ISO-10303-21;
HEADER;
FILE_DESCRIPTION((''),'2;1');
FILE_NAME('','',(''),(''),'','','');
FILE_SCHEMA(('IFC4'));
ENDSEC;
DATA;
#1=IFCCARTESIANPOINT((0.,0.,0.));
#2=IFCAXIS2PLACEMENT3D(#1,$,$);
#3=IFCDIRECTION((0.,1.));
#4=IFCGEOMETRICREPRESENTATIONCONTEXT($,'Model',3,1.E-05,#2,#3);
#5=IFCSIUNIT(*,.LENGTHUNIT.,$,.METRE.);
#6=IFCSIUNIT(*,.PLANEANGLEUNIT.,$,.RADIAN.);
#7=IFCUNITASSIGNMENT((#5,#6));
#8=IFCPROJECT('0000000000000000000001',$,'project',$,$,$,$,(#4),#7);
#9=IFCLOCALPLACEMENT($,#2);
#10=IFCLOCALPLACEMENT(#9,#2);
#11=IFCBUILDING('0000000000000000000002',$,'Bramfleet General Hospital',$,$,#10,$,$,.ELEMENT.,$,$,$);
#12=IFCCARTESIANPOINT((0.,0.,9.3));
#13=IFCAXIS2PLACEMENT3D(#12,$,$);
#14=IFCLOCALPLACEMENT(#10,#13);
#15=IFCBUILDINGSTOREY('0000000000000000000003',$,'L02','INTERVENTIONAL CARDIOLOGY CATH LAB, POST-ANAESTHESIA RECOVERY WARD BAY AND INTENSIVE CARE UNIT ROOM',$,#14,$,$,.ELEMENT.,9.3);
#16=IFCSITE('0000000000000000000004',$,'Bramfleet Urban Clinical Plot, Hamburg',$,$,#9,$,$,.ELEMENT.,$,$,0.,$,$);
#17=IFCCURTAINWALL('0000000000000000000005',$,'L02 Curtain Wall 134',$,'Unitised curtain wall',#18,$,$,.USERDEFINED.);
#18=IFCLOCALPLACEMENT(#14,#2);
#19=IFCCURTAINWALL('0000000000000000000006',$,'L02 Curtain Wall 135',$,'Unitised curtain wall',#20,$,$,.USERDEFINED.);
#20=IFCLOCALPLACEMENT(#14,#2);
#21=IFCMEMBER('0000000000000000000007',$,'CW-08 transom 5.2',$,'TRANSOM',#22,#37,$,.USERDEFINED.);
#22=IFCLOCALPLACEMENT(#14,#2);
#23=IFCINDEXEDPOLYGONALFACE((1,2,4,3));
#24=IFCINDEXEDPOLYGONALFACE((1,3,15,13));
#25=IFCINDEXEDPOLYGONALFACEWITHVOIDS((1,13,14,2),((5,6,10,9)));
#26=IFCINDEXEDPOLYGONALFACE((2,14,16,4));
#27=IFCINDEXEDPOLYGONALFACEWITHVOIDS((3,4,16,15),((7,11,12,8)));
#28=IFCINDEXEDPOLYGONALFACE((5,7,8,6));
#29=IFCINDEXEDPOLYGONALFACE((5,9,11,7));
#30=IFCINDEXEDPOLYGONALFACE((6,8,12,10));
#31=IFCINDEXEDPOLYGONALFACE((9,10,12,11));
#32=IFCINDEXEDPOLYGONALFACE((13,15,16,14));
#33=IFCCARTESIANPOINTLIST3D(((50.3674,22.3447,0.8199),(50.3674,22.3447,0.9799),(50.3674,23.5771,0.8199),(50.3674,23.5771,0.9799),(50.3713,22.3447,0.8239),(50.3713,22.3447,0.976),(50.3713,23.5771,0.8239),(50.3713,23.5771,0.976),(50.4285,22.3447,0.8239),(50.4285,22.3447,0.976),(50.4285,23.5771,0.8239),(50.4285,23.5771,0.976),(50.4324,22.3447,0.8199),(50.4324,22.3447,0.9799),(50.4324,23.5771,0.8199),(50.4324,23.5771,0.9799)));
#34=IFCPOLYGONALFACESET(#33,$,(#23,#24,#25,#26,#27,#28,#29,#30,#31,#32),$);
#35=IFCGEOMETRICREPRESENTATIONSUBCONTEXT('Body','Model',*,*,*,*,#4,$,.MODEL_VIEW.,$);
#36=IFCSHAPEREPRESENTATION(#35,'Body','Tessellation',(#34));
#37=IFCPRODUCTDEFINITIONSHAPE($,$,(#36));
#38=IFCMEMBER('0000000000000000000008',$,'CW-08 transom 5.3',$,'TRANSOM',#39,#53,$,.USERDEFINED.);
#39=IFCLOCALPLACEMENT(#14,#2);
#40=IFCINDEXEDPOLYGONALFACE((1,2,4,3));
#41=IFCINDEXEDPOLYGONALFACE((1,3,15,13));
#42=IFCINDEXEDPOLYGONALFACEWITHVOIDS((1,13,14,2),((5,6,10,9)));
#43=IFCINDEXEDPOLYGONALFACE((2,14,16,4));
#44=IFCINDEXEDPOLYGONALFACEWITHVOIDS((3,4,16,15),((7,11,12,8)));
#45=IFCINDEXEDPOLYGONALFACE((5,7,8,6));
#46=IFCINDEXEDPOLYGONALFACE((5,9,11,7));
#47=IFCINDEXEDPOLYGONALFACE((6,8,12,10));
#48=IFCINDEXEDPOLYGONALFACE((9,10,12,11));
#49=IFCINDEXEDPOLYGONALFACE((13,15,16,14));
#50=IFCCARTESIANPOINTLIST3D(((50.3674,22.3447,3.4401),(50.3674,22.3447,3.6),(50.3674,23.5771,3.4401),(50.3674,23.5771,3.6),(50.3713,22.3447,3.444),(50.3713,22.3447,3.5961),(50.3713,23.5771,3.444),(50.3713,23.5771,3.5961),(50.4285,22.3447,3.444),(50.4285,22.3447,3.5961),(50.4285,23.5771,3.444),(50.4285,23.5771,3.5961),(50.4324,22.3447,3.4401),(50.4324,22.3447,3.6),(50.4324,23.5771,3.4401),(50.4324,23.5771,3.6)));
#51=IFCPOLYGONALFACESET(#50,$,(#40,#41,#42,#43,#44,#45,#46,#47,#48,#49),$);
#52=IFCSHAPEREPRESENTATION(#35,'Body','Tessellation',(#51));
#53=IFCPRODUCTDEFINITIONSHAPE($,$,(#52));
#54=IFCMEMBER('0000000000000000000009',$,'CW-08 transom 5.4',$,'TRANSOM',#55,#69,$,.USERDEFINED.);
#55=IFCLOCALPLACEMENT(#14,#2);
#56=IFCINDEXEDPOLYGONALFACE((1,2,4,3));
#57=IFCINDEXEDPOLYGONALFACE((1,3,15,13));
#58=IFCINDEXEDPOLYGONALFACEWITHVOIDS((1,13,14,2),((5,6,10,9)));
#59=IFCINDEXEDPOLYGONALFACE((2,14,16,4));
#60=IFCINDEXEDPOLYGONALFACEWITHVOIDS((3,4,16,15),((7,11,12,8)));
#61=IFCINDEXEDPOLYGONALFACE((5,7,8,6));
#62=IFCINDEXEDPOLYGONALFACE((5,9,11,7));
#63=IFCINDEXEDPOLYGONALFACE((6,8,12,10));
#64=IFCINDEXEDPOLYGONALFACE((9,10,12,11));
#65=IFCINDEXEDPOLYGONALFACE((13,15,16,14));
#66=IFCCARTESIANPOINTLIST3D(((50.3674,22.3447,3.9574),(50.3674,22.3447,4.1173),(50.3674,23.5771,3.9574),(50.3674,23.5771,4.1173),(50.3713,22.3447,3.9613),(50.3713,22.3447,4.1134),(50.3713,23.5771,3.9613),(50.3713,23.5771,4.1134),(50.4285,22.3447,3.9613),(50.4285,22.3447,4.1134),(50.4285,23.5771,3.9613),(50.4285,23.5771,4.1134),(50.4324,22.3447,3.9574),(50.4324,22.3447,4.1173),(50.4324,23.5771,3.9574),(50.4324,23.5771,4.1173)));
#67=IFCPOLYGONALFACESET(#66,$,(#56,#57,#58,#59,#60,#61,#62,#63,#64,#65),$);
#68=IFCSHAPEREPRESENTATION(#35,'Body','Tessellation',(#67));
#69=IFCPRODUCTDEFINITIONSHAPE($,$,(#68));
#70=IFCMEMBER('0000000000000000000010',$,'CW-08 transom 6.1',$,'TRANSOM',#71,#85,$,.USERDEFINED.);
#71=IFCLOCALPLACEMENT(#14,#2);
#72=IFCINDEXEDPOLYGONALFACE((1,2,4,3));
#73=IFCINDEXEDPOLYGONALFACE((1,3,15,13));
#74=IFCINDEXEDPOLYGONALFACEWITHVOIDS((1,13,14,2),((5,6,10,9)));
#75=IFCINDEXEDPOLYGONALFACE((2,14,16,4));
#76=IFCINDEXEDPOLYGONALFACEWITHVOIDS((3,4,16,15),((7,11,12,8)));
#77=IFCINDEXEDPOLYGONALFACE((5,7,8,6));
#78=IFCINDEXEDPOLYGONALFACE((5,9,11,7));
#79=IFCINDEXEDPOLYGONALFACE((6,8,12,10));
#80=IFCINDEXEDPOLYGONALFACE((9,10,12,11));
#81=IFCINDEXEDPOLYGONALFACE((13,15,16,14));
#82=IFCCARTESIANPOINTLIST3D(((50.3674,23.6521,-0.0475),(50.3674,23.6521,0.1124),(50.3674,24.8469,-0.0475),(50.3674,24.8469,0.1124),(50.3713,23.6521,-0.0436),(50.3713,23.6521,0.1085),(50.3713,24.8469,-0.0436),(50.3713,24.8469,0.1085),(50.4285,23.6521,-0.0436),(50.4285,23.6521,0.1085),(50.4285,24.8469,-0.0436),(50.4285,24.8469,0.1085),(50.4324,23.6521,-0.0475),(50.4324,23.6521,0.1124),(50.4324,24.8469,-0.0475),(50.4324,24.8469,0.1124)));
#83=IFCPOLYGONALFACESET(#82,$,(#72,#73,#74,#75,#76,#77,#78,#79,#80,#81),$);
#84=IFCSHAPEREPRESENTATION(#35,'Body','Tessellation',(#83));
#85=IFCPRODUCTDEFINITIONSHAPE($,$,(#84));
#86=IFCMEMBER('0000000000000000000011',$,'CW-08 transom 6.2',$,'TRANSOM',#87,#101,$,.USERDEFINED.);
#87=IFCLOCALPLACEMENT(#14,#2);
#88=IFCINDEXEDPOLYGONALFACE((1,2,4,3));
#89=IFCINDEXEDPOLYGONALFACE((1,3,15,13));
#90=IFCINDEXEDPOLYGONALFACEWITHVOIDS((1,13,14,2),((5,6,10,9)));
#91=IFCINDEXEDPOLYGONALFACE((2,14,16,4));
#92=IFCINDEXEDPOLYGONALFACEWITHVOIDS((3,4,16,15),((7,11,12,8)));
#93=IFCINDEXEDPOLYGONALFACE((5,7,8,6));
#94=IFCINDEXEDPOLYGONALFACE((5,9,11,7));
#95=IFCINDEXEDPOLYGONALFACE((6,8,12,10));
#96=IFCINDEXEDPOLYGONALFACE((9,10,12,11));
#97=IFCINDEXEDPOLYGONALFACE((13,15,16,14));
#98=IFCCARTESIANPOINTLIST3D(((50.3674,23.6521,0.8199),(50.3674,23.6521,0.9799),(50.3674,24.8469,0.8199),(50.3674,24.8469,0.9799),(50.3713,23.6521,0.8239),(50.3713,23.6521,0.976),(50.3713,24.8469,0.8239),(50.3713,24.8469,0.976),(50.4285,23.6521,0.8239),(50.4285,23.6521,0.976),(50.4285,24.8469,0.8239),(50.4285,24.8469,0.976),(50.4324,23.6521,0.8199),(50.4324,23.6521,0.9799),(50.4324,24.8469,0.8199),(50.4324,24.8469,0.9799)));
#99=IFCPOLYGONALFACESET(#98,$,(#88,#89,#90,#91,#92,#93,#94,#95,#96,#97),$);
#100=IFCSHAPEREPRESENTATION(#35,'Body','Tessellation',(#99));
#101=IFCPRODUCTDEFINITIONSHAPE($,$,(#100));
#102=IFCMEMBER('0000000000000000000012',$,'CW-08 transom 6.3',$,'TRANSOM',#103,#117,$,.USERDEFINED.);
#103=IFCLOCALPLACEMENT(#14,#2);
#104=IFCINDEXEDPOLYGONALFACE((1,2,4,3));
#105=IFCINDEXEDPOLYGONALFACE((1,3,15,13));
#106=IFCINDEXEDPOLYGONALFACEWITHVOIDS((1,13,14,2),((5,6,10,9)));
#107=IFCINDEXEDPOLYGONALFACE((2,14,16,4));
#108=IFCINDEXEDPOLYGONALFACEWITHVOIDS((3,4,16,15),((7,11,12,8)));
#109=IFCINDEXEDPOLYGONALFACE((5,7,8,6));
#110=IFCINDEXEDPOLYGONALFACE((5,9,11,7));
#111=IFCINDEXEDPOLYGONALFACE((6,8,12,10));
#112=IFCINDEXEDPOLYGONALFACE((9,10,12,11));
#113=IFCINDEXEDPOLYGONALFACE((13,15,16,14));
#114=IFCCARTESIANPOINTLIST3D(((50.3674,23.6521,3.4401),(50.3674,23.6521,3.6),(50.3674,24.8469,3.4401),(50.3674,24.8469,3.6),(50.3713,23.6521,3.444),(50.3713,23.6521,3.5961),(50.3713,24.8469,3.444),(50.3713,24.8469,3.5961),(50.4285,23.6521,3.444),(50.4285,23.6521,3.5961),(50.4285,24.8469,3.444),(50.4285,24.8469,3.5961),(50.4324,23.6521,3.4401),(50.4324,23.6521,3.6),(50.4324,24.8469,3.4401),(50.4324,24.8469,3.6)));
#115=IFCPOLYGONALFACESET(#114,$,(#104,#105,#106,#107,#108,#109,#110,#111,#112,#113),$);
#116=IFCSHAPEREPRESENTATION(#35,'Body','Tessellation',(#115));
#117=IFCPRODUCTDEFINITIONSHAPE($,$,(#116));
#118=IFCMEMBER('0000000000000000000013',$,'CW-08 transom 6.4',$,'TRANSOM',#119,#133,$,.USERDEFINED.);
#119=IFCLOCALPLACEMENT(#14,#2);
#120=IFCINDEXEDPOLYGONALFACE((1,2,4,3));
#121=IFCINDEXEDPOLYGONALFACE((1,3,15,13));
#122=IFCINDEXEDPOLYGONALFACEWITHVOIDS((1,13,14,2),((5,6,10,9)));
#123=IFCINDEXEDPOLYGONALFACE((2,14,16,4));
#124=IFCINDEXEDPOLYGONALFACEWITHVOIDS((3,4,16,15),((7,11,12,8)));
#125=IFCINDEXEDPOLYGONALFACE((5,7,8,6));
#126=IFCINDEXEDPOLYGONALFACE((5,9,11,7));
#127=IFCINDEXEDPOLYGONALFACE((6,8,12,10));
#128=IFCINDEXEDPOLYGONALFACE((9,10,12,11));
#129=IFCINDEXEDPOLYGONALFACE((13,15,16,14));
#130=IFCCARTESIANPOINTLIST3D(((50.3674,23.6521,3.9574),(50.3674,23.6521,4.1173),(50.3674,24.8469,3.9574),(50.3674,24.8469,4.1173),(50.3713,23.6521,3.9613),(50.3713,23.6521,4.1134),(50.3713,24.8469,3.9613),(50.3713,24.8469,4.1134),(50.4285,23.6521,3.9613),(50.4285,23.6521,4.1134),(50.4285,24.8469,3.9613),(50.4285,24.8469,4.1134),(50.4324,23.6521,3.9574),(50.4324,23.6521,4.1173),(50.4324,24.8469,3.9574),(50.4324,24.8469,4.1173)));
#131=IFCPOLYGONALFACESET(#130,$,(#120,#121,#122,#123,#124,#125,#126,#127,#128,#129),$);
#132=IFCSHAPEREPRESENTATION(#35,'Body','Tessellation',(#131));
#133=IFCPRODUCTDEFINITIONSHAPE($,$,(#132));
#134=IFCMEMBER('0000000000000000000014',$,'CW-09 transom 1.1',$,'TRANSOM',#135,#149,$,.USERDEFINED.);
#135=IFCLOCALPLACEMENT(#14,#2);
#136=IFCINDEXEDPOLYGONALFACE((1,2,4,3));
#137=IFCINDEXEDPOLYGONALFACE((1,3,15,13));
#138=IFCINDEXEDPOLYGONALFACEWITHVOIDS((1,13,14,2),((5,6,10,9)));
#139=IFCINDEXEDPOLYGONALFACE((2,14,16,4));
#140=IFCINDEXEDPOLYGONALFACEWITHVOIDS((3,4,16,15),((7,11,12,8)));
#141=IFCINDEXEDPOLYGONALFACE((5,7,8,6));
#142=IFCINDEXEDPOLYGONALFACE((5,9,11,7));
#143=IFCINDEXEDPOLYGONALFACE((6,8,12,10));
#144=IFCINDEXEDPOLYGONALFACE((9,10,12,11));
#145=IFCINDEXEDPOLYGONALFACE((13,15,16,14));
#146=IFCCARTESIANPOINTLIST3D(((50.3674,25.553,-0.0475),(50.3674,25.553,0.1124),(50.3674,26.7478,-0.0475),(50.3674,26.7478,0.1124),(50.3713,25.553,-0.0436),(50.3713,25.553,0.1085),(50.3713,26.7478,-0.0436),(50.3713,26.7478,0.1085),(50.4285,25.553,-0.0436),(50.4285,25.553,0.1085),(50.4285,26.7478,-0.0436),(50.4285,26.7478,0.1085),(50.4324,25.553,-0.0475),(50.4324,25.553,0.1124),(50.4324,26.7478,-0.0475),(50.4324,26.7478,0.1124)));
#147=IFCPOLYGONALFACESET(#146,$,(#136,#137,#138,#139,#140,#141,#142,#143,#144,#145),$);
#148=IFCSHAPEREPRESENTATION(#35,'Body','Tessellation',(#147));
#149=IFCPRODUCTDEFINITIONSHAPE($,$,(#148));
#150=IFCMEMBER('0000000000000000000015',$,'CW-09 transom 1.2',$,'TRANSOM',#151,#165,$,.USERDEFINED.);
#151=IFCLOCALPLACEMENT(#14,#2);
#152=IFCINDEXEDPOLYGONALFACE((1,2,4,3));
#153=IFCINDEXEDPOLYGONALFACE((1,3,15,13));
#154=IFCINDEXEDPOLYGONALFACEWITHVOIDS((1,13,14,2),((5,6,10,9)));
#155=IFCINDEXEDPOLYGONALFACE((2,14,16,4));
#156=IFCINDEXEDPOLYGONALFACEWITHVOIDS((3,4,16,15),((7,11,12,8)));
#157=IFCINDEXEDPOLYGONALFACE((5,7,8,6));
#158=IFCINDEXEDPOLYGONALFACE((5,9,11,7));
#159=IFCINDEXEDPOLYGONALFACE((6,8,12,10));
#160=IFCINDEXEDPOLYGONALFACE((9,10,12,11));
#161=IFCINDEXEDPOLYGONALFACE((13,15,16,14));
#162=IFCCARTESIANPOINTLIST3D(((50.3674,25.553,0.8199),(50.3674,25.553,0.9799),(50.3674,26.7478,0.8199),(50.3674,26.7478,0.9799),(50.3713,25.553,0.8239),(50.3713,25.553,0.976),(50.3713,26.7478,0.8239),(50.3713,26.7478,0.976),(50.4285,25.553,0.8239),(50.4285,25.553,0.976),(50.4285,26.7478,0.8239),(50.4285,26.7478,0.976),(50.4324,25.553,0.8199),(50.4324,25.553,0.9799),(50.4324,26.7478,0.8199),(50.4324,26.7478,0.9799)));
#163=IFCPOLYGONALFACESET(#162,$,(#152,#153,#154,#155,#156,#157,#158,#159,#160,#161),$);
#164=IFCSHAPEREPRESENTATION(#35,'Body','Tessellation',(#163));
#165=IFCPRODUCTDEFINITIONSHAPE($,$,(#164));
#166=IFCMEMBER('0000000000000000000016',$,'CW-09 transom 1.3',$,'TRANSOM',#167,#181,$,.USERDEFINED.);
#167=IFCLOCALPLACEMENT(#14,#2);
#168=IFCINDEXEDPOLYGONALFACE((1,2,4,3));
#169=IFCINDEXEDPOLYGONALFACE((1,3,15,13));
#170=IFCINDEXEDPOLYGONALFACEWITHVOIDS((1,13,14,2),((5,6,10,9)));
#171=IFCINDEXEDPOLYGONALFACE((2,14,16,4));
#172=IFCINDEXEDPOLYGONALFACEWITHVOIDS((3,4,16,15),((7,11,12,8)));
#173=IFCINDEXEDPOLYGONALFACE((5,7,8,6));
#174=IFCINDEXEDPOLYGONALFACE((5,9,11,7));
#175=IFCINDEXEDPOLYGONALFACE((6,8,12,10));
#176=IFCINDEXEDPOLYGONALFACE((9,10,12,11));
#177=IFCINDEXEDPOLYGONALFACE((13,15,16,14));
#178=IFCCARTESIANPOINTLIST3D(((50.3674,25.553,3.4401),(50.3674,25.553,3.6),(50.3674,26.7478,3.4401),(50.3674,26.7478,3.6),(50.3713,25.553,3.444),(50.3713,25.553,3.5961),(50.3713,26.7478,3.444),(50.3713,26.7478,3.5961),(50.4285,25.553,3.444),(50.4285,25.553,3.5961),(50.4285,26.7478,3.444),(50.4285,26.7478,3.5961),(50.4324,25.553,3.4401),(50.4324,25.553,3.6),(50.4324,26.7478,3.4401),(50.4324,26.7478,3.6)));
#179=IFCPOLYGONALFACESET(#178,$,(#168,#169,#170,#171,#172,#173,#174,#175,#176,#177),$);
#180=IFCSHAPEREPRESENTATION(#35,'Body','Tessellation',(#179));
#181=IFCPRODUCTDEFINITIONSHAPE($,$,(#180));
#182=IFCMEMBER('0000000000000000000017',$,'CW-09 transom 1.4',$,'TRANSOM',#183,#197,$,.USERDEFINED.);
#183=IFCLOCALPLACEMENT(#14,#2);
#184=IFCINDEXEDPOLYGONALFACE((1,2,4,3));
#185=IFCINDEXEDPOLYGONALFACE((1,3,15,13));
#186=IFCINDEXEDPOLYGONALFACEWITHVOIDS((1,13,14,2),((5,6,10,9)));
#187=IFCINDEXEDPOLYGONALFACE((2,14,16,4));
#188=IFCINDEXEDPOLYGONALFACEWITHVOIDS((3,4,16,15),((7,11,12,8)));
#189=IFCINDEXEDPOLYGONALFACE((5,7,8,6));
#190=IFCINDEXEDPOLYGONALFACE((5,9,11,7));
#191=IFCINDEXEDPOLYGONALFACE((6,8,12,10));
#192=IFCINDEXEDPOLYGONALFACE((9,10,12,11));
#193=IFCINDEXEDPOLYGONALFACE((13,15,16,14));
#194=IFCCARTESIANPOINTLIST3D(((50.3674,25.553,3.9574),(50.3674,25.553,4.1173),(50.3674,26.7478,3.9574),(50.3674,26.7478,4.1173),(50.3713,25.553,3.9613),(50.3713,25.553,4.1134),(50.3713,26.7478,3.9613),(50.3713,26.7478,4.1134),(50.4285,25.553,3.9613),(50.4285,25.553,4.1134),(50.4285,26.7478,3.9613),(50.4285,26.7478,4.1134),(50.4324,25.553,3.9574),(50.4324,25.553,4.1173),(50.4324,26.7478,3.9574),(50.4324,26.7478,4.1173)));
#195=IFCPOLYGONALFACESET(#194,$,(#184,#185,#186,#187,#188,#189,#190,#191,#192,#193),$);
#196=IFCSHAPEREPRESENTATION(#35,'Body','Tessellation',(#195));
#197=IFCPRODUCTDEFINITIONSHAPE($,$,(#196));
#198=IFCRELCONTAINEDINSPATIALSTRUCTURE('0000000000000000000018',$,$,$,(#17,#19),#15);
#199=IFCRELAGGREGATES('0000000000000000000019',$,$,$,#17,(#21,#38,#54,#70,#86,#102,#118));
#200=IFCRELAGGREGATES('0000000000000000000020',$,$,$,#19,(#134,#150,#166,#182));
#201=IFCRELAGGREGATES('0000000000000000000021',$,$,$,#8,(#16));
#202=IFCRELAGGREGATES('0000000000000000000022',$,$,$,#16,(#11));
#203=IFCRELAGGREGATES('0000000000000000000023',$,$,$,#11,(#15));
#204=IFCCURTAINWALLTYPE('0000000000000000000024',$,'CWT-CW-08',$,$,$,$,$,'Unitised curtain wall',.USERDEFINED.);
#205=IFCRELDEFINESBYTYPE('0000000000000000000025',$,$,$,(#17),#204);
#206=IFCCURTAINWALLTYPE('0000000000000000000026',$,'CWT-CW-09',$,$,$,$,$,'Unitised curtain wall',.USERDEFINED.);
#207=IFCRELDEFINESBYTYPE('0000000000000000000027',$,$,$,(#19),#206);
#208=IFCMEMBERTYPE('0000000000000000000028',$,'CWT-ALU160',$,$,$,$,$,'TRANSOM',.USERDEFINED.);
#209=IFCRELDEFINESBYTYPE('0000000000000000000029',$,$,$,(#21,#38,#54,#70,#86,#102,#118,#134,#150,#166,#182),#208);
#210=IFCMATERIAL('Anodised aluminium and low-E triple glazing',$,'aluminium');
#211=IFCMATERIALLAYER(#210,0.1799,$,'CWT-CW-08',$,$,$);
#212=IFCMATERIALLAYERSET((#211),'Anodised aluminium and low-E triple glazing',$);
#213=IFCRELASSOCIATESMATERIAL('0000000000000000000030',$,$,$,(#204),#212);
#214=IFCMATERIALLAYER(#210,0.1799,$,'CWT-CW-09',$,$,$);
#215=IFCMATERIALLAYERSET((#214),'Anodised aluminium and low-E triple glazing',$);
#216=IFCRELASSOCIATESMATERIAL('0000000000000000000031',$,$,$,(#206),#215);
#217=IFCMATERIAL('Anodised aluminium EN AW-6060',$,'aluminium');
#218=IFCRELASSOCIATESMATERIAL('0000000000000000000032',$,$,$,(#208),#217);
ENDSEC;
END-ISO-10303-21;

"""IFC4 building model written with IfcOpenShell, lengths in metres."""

from ifc_helpers import new_model, si_unit, direction, frame, origin, origin_2d, place, context, subcontext, project, spatial, hollow_rectangle, extrude, material, layer, layer_set, material_profile, profile_set, type_object, element, aggregate, save


model = new_model("IFC4")

# Units and contexts
model_context = context("Model", 3, precision=1e-05, world=origin(), true_north=direction((0.0, 1.0)))
body_context = subcontext(model_context, "Body", "Model", "MODEL_VIEW")
ifc_project = project(units=[si_unit("LENGTHUNIT", "METRE"), si_unit("PLANEANGLEUNIT", "RADIAN")], contexts=[model_context])

# Site, building, storey
site_placement = place(None, origin())
site = spatial("IfcSite", under=ifc_project, at=site_placement, Name="Bramfleet Urban Clinical Plot, Hamburg", CompositionType="ELEMENT", RefElevation=0.0)
building_placement = place(site_placement, origin())
building = spatial("IfcBuilding", under=site, at=building_placement, Name="Bramfleet General Hospital", CompositionType="ELEMENT")
storey_placement = place(building_placement, frame((0.0, 0.0, 9.3)))
storey = spatial("IfcBuildingStorey", under=building, at=storey_placement, Name="L02", Description="INTERVENTIONAL CARDIOLOGY CATH LAB, POST-ANAESTHESIA RECOVERY WARD BAY AND INTENSIVE CARE UNIT ROOM", CompositionType="ELEMENT", Elevation=9.3)

# Curtain wall
ifc_material_1 = material(Name="Anodised aluminium and low-E triple glazing", Category="aluminium")
ifc_layer_1 = layer(ifc_material_1, 0.1799, Name="CWT-CW-08")
ifc_layer_set_1 = layer_set([ifc_layer_1], Name="Anodised aluminium and low-E triple glazing")
curtain_wall_type_1 = type_object("IfcCurtainWallType", Name="CWT-CW-08", ElementType="Unitised curtain wall", PredefinedType="USERDEFINED", material=ifc_layer_set_1)
curtain_wall_1_placement = place(storey_placement, origin())
curtain_wall_1 = element("IfcCurtainWall", 1, at=curtain_wall_1_placement, inside=storey, type_object=curtain_wall_type_1, Name="L02 Curtain Wall 134", ObjectType="Unitised curtain wall", PredefinedType="USERDEFINED")
ifc_material_2 = material(Name="Anodised aluminium EN AW-6060", Category="aluminium")

# Curtain wall
ifc_layer_2 = layer(ifc_material_1, 0.1799, Name="CWT-CW-09")
ifc_layer_set_2 = layer_set([ifc_layer_2], Name="Anodised aluminium and low-E triple glazing")
curtain_wall_type_2 = type_object("IfcCurtainWallType", Name="CWT-CW-09", ElementType="Unitised curtain wall", PredefinedType="USERDEFINED", material=ifc_layer_set_2)
curtain_wall_2_placement = place(storey_placement, origin())
curtain_wall_2 = element("IfcCurtainWall", 2, at=curtain_wall_2_placement, inside=storey, type_object=curtain_wall_type_2, Name="L02 Curtain Wall 135", ObjectType="Unitised curtain wall", PredefinedType="USERDEFINED")

# Members
ifc_material_profile_1 = material_profile(ifc_material_2, hollow_rectangle(XDim=0.0649, YDim=0.1599, WallThickness=0.0039, at=origin_2d()), Name="ALU 160x65x4.0")
ifc_profile_set_1 = profile_set([ifc_material_profile_1], Name="Anodised aluminium EN AW-6060")
member_type_1 = type_object("IfcMemberType", Name="CWT-ALU160", ElementType="TRANSOM", PredefinedType="USERDEFINED", material=ifc_profile_set_1)
member_1_placement = place(storey_placement, frame((50.3999, 22.3447, 0.8999), z_axis=(0.0, 1.0, 0.0), x_axis=(-1.0, 0.0, 0.0)))
member_1 = element("IfcMember", 3, at=member_1_placement, type_object=member_type_1, Name="CW-08 transom 5.2", ObjectType="TRANSOM", PredefinedType="USERDEFINED", context=body_context, shape_type="SweptSolid", body=[
    extrude(hollow_rectangle(XDim=0.0649, YDim=0.1599, WallThickness=0.0039, at=origin_2d()), origin(), (0.0, 0.0, 1.0), 1.2324),
])
member_2_placement = place(storey_placement, frame((50.3999, 22.3447, 3.52), z_axis=(0.0, 1.0, 0.0), x_axis=(-1.0, 0.0, 0.0)))
member_2 = element("IfcMember", 4, at=member_2_placement, type_object=member_type_1, Name="CW-08 transom 5.3", ObjectType="TRANSOM", PredefinedType="USERDEFINED", context=body_context, shape_type="SweptSolid", body=[
    extrude(hollow_rectangle(XDim=0.0649, YDim=0.1599, WallThickness=0.0039, at=origin_2d()), origin(), (0.0, 0.0, 1.0), 1.2324),
])
member_3_placement = place(storey_placement, frame((50.3999, 22.3447, 4.0374), z_axis=(0.0, 1.0, 0.0), x_axis=(-1.0, 0.0, 0.0)))
member_3 = element("IfcMember", 5, at=member_3_placement, type_object=member_type_1, Name="CW-08 transom 5.4", ObjectType="TRANSOM", PredefinedType="USERDEFINED", context=body_context, shape_type="SweptSolid", body=[
    extrude(hollow_rectangle(XDim=0.0649, YDim=0.1599, WallThickness=0.0039, at=origin_2d()), origin(), (0.0, 0.0, 1.0), 1.2324),
])
member_4_placement = place(storey_placement, frame((50.3999, 23.6521, 0.0325), z_axis=(0.0, 1.0, 0.0), x_axis=(-1.0, 0.0, 0.0)))
member_4 = element("IfcMember", 6, at=member_4_placement, type_object=member_type_1, Name="CW-08 transom 6.1", ObjectType="TRANSOM", PredefinedType="USERDEFINED", context=body_context, shape_type="SweptSolid", body=[
    extrude(hollow_rectangle(XDim=0.0649, YDim=0.1599, WallThickness=0.0039, at=origin_2d()), origin(), (0.0, 0.0, 1.0), 1.1948),
])
member_5_placement = place(storey_placement, frame((50.3999, 23.6521, 0.8999), z_axis=(0.0, 1.0, 0.0), x_axis=(-1.0, 0.0, 0.0)))
member_5 = element("IfcMember", 7, at=member_5_placement, type_object=member_type_1, Name="CW-08 transom 6.2", ObjectType="TRANSOM", PredefinedType="USERDEFINED", context=body_context, shape_type="SweptSolid", body=[
    extrude(hollow_rectangle(XDim=0.0649, YDim=0.1599, WallThickness=0.0039, at=origin_2d()), origin(), (0.0, 0.0, 1.0), 1.1948),
])
member_6_placement = place(storey_placement, frame((50.3999, 23.6521, 3.52), z_axis=(0.0, 1.0, 0.0), x_axis=(-1.0, 0.0, 0.0)))
member_6 = element("IfcMember", 8, at=member_6_placement, type_object=member_type_1, Name="CW-08 transom 6.3", ObjectType="TRANSOM", PredefinedType="USERDEFINED", context=body_context, shape_type="SweptSolid", body=[
    extrude(hollow_rectangle(XDim=0.0649, YDim=0.1599, WallThickness=0.0039, at=origin_2d()), origin(), (0.0, 0.0, 1.0), 1.1948),
])
member_7_placement = place(storey_placement, frame((50.3999, 23.6521, 4.0374), z_axis=(0.0, 1.0, 0.0), x_axis=(-1.0, 0.0, 0.0)))
member_7 = element("IfcMember", 9, at=member_7_placement, type_object=member_type_1, Name="CW-08 transom 6.4", ObjectType="TRANSOM", PredefinedType="USERDEFINED", context=body_context, shape_type="SweptSolid", body=[
    extrude(hollow_rectangle(XDim=0.0649, YDim=0.1599, WallThickness=0.0039, at=origin_2d()), origin(), (0.0, 0.0, 1.0), 1.1948),
])
member_8_placement = place(storey_placement, frame((50.3999, 25.553, 0.0325), z_axis=(0.0, 1.0, 0.0), x_axis=(-1.0, 0.0, 0.0)))
member_8 = element("IfcMember", 10, at=member_8_placement, type_object=member_type_1, Name="CW-09 transom 1.1", ObjectType="TRANSOM", PredefinedType="USERDEFINED", context=body_context, shape_type="SweptSolid", body=[
    extrude(hollow_rectangle(XDim=0.0649, YDim=0.1599, WallThickness=0.0039, at=origin_2d()), origin(), (0.0, 0.0, 1.0), 1.1948),
])
member_9_placement = place(storey_placement, frame((50.3999, 25.553, 0.8999), z_axis=(0.0, 1.0, 0.0), x_axis=(-1.0, 0.0, 0.0)))
member_9 = element("IfcMember", 11, at=member_9_placement, type_object=member_type_1, Name="CW-09 transom 1.2", ObjectType="TRANSOM", PredefinedType="USERDEFINED", context=body_context, shape_type="SweptSolid", body=[
    extrude(hollow_rectangle(XDim=0.0649, YDim=0.1599, WallThickness=0.0039, at=origin_2d()), origin(), (0.0, 0.0, 1.0), 1.1948),
])
member_10_placement = place(storey_placement, frame((50.3999, 25.553, 3.52), z_axis=(0.0, 1.0, 0.0), x_axis=(-1.0, 0.0, 0.0)))
member_10 = element("IfcMember", 12, at=member_10_placement, type_object=member_type_1, Name="CW-09 transom 1.3", ObjectType="TRANSOM", PredefinedType="USERDEFINED", context=body_context, shape_type="SweptSolid", body=[
    extrude(hollow_rectangle(XDim=0.0649, YDim=0.1599, WallThickness=0.0039, at=origin_2d()), origin(), (0.0, 0.0, 1.0), 1.1948),
])
member_11_placement = place(storey_placement, frame((50.3999, 25.553, 4.0374), z_axis=(0.0, 1.0, 0.0), x_axis=(-1.0, 0.0, 0.0)))
member_11 = element("IfcMember", 13, at=member_11_placement, type_object=member_type_1, Name="CW-09 transom 1.4", ObjectType="TRANSOM", PredefinedType="USERDEFINED", context=body_context, shape_type="SweptSolid", body=[
    extrude(hollow_rectangle(XDim=0.0649, YDim=0.1599, WallThickness=0.0039, at=origin_2d()), origin(), (0.0, 0.0, 1.0), 1.1948),
])

aggregate(curtain_wall_1, [member_1, member_2, member_3, member_4, member_5, member_6, member_7])
aggregate(curtain_wall_2, [member_8, member_9, member_10, member_11])

save(model, "model.ifc")
